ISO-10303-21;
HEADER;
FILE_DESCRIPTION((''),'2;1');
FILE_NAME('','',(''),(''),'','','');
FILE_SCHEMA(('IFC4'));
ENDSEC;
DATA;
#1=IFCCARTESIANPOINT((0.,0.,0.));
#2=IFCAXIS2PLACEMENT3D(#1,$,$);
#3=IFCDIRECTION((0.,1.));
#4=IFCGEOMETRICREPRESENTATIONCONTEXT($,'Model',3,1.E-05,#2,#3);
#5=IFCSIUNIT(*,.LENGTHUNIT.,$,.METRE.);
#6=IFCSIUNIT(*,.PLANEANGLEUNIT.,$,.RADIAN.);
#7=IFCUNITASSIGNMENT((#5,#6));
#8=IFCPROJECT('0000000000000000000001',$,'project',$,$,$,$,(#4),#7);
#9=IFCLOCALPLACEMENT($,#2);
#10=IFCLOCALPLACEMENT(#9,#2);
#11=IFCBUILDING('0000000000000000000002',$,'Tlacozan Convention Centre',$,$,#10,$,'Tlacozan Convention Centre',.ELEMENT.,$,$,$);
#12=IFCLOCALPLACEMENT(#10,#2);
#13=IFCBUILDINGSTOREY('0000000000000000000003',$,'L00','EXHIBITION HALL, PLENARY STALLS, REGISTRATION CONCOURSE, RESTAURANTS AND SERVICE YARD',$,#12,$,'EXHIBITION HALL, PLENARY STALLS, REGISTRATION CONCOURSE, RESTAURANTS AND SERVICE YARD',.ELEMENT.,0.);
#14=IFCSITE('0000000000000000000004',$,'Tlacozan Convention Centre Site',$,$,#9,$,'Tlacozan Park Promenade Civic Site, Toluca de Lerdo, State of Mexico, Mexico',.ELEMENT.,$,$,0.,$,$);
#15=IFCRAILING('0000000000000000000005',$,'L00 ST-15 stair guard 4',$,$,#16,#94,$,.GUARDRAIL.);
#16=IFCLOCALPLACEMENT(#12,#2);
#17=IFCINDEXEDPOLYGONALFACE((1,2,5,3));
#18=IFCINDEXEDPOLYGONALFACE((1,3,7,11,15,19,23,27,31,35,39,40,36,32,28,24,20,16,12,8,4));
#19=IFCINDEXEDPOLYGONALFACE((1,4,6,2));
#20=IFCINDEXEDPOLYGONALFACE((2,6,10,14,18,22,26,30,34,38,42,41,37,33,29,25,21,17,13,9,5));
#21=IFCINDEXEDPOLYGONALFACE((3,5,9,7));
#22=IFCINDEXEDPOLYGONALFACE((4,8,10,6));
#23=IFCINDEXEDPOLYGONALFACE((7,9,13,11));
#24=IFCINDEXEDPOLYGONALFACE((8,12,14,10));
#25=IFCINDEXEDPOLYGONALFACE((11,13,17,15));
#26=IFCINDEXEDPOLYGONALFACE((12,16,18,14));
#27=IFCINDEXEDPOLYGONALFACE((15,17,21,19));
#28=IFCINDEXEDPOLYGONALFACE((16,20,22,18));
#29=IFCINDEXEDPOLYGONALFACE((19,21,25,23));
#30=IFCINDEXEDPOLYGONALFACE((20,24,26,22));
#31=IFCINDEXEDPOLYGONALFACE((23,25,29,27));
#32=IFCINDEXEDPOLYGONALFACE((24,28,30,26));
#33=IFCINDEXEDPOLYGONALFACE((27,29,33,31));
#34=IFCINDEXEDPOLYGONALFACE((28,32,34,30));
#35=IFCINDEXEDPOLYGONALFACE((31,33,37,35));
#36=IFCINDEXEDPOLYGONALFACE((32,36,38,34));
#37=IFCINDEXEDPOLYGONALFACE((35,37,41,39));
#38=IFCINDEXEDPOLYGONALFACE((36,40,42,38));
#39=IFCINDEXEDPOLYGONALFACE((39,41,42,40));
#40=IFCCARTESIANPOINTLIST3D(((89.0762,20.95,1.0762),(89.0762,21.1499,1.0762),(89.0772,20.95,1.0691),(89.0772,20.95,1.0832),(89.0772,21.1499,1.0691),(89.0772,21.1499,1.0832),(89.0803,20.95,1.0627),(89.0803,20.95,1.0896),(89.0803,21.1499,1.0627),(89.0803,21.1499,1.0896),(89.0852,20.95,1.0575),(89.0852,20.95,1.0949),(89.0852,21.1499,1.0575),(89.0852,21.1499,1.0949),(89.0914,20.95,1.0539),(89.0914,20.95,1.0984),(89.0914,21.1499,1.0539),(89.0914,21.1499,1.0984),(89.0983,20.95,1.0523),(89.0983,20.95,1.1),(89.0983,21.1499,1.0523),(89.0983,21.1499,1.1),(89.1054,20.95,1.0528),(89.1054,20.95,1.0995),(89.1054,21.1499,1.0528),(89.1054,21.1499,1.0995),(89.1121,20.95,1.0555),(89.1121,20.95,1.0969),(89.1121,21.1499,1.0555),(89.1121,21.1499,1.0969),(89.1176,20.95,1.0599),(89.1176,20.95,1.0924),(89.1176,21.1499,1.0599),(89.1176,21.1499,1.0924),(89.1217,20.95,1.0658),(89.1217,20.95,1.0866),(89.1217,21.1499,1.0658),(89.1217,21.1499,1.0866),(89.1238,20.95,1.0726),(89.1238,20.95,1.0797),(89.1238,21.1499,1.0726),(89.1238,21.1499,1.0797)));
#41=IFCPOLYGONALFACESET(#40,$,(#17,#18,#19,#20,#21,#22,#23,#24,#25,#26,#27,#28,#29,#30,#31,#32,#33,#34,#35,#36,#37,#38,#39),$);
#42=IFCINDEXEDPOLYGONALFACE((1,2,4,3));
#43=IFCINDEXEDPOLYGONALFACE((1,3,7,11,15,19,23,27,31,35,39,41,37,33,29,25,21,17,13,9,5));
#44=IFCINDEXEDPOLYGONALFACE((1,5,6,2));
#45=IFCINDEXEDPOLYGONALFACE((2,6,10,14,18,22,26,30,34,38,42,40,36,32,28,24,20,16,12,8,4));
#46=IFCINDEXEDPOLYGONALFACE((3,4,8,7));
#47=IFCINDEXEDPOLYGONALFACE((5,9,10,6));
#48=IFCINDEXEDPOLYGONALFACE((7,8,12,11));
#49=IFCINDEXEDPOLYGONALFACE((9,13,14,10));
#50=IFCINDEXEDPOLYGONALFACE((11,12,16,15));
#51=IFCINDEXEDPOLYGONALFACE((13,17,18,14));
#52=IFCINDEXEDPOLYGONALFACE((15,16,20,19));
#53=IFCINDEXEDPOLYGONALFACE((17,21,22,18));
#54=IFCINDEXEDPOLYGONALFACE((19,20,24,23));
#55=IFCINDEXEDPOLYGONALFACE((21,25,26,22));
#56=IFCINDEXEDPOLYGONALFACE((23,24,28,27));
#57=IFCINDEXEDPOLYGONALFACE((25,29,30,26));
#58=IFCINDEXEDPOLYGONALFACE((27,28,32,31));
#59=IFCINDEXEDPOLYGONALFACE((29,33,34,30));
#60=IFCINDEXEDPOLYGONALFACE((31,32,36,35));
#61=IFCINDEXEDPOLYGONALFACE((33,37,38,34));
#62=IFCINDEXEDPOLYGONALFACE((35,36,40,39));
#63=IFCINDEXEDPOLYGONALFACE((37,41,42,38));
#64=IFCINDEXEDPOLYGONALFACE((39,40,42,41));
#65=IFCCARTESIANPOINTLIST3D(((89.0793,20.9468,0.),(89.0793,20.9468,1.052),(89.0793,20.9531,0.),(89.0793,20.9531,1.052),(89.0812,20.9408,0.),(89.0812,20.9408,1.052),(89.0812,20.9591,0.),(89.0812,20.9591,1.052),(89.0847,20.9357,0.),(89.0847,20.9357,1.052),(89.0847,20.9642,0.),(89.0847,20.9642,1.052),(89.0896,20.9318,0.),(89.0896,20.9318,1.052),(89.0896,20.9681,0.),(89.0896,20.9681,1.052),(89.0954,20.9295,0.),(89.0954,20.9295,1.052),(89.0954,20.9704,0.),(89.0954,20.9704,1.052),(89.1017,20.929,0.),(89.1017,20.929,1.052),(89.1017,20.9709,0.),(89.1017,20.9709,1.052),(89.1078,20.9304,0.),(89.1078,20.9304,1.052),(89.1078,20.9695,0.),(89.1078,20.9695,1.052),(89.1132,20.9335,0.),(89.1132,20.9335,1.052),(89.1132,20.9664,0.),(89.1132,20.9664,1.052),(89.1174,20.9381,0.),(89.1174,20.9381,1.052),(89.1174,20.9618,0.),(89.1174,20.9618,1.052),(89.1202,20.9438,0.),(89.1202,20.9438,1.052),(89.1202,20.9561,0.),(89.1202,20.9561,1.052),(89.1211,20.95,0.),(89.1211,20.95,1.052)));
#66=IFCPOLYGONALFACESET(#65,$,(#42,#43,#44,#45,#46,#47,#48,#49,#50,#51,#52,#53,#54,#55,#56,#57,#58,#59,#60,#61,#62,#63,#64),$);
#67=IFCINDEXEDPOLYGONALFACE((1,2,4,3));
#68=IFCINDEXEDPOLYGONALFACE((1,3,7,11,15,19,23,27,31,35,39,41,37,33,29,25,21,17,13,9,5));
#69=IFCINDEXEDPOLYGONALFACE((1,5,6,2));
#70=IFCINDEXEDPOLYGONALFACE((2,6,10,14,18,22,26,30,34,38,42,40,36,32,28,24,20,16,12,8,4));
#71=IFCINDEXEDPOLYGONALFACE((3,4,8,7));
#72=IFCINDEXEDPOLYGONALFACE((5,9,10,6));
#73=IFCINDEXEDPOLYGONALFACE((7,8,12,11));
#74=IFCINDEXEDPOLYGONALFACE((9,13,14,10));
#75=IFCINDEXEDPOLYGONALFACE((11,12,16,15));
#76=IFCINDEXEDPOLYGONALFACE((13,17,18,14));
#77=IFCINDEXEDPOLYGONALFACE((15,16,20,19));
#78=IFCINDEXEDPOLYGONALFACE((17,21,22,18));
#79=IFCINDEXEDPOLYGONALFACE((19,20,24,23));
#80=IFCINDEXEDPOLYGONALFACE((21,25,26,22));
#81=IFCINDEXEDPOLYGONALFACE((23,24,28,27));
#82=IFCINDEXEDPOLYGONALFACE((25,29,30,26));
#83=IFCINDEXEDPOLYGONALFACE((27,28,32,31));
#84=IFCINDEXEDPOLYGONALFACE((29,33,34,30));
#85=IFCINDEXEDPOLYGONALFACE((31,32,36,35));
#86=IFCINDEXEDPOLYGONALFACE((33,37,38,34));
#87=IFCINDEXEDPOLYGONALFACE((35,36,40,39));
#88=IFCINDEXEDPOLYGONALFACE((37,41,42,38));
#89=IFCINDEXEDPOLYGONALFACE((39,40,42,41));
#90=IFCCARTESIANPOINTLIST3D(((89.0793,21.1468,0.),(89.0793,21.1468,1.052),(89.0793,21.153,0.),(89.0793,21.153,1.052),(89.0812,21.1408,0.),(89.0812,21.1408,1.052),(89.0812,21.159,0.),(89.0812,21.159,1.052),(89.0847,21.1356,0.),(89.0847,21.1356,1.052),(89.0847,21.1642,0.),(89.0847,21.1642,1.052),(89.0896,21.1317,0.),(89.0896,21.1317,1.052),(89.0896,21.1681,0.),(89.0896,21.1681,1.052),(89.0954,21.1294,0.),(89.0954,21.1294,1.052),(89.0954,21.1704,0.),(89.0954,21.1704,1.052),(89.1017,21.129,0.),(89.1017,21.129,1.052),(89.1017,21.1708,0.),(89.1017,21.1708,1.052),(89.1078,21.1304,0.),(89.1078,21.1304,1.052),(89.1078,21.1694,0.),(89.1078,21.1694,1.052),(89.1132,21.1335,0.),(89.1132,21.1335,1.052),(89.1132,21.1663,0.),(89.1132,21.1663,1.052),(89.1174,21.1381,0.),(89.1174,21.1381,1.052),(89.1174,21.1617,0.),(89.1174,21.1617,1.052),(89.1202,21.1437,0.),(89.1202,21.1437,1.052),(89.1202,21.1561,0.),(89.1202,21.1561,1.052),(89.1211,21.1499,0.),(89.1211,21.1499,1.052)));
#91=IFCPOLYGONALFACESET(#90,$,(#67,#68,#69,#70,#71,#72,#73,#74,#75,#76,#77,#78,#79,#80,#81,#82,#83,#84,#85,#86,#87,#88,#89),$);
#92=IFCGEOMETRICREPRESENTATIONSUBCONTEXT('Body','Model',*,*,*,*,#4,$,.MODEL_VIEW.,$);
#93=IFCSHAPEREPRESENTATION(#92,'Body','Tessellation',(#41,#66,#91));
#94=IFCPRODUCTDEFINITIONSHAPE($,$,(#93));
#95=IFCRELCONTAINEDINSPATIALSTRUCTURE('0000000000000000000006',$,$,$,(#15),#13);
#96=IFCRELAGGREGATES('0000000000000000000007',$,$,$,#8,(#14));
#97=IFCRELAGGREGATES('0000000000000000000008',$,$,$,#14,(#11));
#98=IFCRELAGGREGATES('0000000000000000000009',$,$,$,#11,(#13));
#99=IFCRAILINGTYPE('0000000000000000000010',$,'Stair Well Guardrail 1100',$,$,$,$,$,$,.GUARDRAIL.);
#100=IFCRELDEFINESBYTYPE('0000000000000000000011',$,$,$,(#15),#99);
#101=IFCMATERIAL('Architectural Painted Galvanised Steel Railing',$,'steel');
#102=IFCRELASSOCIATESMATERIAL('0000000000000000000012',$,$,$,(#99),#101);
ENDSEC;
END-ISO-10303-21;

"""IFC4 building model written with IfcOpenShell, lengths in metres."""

from ifc_helpers import new_model, si_unit, direction, frame, origin, origin_2d, place, context, subcontext, project, spatial, circle, extrude, material, type_object, element, save


model = new_model("IFC4")

# Units and contexts
model_context = context("Model", 3, precision=1e-05, world=origin(), true_north=direction((0.0, 1.0)))
body_context = subcontext(model_context, "Body", "Model", "MODEL_VIEW")
ifc_project = project(units=[si_unit("LENGTHUNIT", "METRE"), si_unit("PLANEANGLEUNIT", "RADIAN")], contexts=[model_context])

# Site, building, storey
site_placement = place(None, origin())
site = spatial("IfcSite", under=ifc_project, at=site_placement, Name="Tlacozan Convention Centre Site", LongName="Tlacozan Park Promenade Civic Site, Toluca de Lerdo, State of Mexico, Mexico", CompositionType="ELEMENT", RefElevation=0.0)
building_placement = place(site_placement, origin())
building = spatial("IfcBuilding", under=site, at=building_placement, Name="Tlacozan Convention Centre", LongName="Tlacozan Convention Centre", CompositionType="ELEMENT")
storey_placement = place(building_placement, origin())
storey = spatial("IfcBuildingStorey", under=building, at=storey_placement, Name="L00", Description="EXHIBITION HALL, PLENARY STALLS, REGISTRATION CONCOURSE, RESTAURANTS AND SERVICE YARD", LongName="EXHIBITION HALL, PLENARY STALLS, REGISTRATION CONCOURSE, RESTAURANTS AND SERVICE YARD", CompositionType="ELEMENT", Elevation=0.0)

# Railing
ifc_material_1 = material(Name="Architectural Painted Galvanised Steel Railing", Category="steel")
railing_type_1 = type_object("IfcRailingType", Name="Stair Well Guardrail 1100", PredefinedType="GUARDRAIL", material=ifc_material_1)
railing_1_placement = place(storey_placement, frame((89.1001, 20.95, 0.0)))
element("IfcRailing", 1, at=railing_1_placement, inside=storey, type_object=railing_type_1, Name="L00 ST-15 stair guard 4", PredefinedType="GUARDRAIL", context=body_context, shape_type="SweptSolid", body=[
    extrude(circle(Radius=0.0239, at=origin_2d()), frame((0.0, 0.0, 1.0762), z_axis=(0.0, 1.0, 0.0), x_axis=(-1.0, 0.0, 0.0)), (0.0, 0.0, 1.0), 0.2),
    extrude(circle(Radius=0.021, at=origin_2d()), origin(), (0.0, 0.0, 1.0), 1.052),
    extrude(circle(Radius=0.021, at=origin_2d()), frame((0.0, 0.2, 0.0)), (0.0, 0.0, 1.0), 1.052),
])

save(model, "model.ifc")
